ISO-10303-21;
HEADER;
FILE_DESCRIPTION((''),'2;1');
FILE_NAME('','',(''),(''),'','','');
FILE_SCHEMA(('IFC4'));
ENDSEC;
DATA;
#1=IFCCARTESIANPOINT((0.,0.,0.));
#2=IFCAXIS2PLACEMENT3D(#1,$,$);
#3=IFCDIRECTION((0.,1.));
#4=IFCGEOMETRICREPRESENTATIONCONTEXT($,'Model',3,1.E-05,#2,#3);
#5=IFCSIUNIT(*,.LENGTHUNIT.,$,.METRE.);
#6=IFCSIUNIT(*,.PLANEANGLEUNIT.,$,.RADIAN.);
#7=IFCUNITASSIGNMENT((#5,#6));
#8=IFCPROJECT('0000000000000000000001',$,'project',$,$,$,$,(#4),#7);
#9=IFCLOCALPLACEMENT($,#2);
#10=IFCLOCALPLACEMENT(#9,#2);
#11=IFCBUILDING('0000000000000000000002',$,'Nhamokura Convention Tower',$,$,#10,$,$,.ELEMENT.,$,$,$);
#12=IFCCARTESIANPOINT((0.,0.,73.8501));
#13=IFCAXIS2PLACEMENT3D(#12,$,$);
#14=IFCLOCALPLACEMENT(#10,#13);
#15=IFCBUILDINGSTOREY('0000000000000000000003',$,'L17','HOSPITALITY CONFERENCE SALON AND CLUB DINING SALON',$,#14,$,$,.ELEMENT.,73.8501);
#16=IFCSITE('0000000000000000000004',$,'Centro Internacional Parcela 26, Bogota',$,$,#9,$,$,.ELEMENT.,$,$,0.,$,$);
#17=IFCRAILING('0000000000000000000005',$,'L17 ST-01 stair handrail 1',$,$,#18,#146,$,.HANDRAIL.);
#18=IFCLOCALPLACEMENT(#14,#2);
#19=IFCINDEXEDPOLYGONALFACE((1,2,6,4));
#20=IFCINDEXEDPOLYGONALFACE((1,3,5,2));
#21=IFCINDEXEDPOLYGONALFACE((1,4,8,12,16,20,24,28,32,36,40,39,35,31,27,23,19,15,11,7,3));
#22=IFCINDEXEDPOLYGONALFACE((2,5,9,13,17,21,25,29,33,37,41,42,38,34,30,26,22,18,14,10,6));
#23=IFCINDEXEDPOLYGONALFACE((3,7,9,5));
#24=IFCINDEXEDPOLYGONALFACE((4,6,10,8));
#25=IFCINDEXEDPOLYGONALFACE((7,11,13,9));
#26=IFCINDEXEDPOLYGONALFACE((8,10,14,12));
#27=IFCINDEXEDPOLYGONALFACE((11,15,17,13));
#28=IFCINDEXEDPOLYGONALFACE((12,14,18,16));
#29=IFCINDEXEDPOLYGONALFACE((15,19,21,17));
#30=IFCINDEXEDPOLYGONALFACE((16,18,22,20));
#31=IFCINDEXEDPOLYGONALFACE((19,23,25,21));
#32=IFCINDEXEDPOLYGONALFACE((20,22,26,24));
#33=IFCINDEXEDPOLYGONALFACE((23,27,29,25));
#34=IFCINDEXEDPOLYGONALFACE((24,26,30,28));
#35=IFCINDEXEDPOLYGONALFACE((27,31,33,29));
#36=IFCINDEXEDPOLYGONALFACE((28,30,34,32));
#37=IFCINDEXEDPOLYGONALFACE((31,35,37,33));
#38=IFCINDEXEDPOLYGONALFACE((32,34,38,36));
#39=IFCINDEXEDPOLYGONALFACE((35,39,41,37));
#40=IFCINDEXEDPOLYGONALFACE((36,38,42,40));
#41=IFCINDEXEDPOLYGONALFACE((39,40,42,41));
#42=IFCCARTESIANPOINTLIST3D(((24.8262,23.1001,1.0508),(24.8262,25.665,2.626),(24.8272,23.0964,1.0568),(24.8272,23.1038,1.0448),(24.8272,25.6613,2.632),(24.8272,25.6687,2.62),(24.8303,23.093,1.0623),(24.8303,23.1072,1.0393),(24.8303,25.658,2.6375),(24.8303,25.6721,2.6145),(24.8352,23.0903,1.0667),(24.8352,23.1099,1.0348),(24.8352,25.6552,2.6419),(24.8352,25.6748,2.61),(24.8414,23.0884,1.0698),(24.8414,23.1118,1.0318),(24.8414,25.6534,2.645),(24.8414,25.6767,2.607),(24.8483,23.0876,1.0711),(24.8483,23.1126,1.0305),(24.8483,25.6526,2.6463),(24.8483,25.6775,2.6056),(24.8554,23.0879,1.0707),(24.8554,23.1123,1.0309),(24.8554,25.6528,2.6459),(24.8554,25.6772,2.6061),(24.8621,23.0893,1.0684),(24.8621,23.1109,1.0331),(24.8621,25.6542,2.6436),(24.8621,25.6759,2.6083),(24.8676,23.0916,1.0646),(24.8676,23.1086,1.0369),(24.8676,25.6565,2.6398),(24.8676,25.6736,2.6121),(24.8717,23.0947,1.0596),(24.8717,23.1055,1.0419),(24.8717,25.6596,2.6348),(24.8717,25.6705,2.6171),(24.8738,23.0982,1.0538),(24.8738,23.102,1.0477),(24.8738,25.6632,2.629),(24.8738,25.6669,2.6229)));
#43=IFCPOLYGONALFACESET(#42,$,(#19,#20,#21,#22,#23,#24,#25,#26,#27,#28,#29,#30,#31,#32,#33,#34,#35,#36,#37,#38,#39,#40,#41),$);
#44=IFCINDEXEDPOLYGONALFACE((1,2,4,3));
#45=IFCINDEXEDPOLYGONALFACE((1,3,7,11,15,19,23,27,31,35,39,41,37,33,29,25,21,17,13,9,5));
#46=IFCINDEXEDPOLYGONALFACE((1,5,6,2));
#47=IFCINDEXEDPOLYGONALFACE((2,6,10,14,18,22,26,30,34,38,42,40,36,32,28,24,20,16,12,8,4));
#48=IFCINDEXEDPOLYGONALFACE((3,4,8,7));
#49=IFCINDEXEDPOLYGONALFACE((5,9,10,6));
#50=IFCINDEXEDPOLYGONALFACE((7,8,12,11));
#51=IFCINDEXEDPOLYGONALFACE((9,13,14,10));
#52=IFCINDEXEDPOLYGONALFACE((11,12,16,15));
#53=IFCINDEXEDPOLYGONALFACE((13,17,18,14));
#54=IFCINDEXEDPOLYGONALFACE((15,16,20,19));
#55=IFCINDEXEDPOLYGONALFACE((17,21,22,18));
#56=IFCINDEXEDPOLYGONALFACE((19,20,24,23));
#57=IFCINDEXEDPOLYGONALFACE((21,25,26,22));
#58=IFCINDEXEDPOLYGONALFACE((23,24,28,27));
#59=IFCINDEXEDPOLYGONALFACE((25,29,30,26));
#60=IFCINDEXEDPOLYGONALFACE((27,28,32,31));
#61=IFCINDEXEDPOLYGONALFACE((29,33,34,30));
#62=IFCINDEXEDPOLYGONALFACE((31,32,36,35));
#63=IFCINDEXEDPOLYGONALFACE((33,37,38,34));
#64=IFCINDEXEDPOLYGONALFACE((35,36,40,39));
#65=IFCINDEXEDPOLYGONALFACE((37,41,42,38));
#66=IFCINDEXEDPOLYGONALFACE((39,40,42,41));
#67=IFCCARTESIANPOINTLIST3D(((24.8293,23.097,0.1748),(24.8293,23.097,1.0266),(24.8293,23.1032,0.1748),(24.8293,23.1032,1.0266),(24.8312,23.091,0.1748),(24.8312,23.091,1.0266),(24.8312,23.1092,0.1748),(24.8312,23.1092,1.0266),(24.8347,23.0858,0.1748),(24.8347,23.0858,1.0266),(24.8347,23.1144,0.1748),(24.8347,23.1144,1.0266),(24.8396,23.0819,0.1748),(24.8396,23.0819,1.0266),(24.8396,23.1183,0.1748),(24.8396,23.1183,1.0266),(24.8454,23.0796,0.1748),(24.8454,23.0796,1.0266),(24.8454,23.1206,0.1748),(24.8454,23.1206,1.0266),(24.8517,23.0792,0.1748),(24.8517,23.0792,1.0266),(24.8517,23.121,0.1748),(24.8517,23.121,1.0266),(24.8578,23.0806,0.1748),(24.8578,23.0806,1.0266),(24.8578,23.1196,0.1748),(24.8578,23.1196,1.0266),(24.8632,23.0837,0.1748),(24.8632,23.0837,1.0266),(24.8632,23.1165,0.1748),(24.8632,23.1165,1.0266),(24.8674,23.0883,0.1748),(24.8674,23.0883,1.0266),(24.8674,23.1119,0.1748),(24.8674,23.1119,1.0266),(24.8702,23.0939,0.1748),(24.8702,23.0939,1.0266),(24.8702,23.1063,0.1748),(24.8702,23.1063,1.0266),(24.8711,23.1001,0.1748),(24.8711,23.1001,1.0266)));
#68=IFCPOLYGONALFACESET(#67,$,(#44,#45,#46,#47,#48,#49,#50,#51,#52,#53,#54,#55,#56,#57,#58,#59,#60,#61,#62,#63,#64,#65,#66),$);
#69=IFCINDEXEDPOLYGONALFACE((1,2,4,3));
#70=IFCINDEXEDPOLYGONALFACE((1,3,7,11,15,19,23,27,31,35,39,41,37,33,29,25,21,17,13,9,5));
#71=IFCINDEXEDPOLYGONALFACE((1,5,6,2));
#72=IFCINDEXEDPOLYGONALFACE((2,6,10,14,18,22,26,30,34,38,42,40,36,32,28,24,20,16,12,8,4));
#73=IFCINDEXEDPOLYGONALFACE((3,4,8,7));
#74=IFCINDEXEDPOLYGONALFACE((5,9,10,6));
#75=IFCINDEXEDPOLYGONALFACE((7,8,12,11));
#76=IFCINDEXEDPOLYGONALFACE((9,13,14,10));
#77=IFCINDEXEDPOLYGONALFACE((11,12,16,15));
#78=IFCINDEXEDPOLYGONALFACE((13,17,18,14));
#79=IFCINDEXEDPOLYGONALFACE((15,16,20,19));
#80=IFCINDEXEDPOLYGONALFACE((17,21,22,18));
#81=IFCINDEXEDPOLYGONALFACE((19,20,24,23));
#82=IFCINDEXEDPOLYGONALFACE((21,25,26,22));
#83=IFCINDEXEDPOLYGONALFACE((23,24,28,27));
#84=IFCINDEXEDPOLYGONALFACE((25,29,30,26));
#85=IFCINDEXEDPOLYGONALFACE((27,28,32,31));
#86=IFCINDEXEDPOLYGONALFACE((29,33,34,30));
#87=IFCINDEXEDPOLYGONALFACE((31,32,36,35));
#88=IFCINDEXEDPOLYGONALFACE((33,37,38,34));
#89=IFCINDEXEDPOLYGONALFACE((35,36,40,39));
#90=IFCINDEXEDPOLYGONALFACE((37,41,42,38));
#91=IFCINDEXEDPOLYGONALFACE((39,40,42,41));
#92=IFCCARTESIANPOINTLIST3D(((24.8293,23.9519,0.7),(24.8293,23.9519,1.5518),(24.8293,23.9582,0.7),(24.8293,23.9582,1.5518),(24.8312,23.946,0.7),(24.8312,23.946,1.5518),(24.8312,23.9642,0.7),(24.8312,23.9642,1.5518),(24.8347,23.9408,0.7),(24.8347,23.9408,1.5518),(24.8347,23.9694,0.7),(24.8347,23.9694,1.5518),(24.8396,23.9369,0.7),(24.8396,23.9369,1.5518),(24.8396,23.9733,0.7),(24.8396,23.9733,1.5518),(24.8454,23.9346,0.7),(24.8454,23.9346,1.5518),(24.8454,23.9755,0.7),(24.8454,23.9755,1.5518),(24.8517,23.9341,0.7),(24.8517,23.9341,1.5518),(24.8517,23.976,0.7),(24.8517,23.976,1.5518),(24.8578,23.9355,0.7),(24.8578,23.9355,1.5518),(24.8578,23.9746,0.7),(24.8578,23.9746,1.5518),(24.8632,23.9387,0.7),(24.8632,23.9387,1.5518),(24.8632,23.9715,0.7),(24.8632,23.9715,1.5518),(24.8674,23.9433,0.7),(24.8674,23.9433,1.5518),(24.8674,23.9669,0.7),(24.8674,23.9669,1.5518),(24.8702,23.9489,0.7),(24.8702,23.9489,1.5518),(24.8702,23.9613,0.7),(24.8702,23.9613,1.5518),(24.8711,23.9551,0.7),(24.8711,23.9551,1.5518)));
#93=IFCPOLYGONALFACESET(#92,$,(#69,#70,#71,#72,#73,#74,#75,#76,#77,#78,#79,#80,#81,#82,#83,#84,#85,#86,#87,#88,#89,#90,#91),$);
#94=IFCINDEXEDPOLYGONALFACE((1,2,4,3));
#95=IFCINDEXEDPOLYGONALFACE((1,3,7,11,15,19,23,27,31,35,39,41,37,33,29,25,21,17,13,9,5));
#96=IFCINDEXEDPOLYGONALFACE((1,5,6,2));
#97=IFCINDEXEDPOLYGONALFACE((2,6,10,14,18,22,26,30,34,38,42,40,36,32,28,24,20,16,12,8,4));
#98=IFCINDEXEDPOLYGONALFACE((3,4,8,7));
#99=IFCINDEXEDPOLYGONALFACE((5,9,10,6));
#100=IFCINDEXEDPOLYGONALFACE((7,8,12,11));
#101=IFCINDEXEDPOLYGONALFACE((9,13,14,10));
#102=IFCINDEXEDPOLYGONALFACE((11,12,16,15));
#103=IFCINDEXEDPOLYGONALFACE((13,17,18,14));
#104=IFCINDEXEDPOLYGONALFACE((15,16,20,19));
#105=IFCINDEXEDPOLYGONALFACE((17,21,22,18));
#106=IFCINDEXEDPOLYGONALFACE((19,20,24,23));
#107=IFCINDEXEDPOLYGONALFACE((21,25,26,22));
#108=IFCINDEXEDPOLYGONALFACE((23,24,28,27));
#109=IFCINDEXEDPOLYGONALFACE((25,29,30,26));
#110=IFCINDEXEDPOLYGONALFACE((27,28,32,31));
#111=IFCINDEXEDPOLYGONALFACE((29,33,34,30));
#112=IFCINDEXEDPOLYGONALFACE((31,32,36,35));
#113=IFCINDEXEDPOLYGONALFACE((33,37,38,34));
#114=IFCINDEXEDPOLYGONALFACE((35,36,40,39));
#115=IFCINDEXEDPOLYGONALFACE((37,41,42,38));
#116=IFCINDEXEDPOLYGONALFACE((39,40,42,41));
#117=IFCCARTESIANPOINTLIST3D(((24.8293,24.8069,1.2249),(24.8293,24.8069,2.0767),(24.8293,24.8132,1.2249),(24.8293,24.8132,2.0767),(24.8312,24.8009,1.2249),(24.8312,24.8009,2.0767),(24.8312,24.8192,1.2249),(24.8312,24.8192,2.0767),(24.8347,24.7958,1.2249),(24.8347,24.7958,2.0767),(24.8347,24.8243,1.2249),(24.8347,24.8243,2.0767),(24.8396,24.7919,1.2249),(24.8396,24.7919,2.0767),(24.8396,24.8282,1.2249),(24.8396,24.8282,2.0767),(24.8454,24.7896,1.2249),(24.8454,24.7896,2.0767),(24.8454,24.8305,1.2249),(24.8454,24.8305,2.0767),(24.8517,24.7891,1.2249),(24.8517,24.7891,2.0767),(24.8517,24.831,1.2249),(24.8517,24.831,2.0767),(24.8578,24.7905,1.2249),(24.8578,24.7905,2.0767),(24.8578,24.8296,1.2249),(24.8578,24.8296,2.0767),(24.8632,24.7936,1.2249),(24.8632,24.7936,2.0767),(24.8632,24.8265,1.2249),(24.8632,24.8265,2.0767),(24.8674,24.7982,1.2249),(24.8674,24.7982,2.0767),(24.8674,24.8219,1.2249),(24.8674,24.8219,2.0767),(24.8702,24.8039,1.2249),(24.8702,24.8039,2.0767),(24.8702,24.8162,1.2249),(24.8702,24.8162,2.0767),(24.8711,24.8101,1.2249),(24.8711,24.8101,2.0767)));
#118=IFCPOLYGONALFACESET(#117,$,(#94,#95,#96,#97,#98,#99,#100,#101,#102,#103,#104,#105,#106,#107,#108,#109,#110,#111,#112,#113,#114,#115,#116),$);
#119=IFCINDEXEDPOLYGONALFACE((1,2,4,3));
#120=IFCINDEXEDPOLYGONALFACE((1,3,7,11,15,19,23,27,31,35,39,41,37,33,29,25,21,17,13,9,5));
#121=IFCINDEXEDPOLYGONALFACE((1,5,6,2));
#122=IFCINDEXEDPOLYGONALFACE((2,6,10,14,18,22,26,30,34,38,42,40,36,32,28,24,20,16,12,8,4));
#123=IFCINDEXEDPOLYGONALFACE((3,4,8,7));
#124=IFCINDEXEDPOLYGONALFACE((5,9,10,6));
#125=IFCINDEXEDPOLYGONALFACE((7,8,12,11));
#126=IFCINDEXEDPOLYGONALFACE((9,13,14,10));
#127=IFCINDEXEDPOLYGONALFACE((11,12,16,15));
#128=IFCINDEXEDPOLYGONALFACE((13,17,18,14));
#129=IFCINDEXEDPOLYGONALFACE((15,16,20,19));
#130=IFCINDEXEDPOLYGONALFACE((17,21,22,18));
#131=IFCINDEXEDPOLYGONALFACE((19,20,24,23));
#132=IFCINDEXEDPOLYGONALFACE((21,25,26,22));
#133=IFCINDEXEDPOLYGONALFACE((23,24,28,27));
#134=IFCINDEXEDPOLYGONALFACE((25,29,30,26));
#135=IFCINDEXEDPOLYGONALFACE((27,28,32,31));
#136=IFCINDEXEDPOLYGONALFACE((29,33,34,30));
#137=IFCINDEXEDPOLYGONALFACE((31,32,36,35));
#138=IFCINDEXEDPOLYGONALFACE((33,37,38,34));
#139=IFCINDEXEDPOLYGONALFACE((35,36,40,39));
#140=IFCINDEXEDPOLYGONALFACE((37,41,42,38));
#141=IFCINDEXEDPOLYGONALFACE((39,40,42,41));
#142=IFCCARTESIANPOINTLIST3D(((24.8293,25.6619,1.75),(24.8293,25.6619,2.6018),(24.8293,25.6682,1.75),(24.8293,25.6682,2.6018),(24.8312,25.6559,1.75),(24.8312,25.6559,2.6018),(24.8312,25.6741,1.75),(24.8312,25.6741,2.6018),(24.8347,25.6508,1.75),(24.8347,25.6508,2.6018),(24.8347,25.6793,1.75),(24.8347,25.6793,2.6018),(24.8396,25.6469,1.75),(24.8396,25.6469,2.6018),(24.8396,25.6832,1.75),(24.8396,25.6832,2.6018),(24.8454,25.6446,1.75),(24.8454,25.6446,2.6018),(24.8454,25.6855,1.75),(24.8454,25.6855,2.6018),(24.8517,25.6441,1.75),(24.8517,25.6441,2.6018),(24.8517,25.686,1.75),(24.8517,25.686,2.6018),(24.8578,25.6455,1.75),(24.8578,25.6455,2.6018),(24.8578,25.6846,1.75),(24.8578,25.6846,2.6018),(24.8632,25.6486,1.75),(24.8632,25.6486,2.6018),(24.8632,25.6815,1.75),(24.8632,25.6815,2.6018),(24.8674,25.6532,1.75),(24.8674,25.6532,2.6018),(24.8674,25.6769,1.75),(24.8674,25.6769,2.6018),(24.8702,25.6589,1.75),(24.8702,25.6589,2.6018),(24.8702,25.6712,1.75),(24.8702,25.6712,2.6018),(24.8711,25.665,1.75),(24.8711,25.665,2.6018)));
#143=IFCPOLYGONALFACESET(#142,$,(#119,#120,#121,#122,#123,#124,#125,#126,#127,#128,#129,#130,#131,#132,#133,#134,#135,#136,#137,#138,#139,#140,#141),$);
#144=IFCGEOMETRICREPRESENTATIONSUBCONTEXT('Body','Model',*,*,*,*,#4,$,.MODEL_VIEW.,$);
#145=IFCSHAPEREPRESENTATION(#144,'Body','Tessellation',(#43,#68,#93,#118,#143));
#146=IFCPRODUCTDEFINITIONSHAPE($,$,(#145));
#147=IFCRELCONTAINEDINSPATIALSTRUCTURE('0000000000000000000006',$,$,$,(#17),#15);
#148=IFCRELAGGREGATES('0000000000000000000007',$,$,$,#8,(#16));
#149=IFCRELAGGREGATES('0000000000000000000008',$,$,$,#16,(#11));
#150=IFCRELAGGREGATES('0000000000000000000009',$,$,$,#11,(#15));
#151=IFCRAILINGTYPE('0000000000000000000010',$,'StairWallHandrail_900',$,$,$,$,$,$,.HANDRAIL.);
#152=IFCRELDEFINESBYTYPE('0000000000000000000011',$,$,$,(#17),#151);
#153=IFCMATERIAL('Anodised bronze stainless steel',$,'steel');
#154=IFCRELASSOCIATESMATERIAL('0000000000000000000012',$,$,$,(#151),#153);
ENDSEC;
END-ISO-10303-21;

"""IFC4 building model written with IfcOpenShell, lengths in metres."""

from ifc_helpers import new_model, si_unit, direction, frame, origin, origin_2d, place, context, subcontext, project, spatial, circle, extrude, material, type_object, element, save


model = new_model("IFC4")

# Units and contexts
model_context = context("Model", 3, precision=1e-05, world=origin(), true_north=direction((0.0, 1.0)))
body_context = subcontext(model_context, "Body", "Model", "MODEL_VIEW")
ifc_project = project(units=[si_unit("LENGTHUNIT", "METRE"), si_unit("PLANEANGLEUNIT", "RADIAN")], contexts=[model_context])

# Site, building, storey
site_placement = place(None, origin())
site = spatial("IfcSite", under=ifc_project, at=site_placement, Name="Centro Internacional Parcela 26, Bogota", CompositionType="ELEMENT", RefElevation=0.0)
building_placement = place(site_placement, origin())
building = spatial("IfcBuilding", under=site, at=building_placement, Name="Nhamokura Convention Tower", CompositionType="ELEMENT")
storey_placement = place(building_placement, frame((0.0, 0.0, 73.8501)))
storey = spatial("IfcBuildingStorey", under=building, at=storey_placement, Name="L17", Description="HOSPITALITY CONFERENCE SALON AND CLUB DINING SALON", CompositionType="ELEMENT", Elevation=73.8501)

# Railing
ifc_material_1 = material(Name="Anodised bronze stainless steel", Category="steel")
railing_type_1 = type_object("IfcRailingType", Name="StairWallHandrail_900", PredefinedType="HANDRAIL", material=ifc_material_1)
railing_1_placement = place(storey_placement, frame((24.8501, 23.1001, 0.1748)))
element("IfcRailing", 1, at=railing_1_placement, inside=storey, type_object=railing_type_1, Name="L17 ST-01 stair handrail 1", PredefinedType="HANDRAIL", context=body_context, shape_type="SweptSolid", body=[
    extrude(circle(Radius=0.0239, at=origin_2d()), frame((0.0, 0.0, 0.876), z_axis=(0.0, 0.852137, 0.523319), x_axis=(-1.0, 0.0, 0.0)), (0.0, 0.0, 1.0), 3.01),
    extrude(circle(Radius=0.021, at=origin_2d()), origin(), (0.0, 0.0, 1.0), 0.8518),
    extrude(circle(Radius=0.021, at=origin_2d()), frame((0.0, 0.855, 0.5251)), (0.0, 0.0, 1.0), 0.8518),
    extrude(circle(Radius=0.021, at=origin_2d()), frame((0.0, 1.71, 1.05)), (0.0, 0.0, 1.0), 0.8518),
    extrude(circle(Radius=0.021, at=origin_2d()), frame((0.0, 2.5649, 1.5752)), (0.0, 0.0, 1.0), 0.8518),
])

save(model, "model.ifc")
